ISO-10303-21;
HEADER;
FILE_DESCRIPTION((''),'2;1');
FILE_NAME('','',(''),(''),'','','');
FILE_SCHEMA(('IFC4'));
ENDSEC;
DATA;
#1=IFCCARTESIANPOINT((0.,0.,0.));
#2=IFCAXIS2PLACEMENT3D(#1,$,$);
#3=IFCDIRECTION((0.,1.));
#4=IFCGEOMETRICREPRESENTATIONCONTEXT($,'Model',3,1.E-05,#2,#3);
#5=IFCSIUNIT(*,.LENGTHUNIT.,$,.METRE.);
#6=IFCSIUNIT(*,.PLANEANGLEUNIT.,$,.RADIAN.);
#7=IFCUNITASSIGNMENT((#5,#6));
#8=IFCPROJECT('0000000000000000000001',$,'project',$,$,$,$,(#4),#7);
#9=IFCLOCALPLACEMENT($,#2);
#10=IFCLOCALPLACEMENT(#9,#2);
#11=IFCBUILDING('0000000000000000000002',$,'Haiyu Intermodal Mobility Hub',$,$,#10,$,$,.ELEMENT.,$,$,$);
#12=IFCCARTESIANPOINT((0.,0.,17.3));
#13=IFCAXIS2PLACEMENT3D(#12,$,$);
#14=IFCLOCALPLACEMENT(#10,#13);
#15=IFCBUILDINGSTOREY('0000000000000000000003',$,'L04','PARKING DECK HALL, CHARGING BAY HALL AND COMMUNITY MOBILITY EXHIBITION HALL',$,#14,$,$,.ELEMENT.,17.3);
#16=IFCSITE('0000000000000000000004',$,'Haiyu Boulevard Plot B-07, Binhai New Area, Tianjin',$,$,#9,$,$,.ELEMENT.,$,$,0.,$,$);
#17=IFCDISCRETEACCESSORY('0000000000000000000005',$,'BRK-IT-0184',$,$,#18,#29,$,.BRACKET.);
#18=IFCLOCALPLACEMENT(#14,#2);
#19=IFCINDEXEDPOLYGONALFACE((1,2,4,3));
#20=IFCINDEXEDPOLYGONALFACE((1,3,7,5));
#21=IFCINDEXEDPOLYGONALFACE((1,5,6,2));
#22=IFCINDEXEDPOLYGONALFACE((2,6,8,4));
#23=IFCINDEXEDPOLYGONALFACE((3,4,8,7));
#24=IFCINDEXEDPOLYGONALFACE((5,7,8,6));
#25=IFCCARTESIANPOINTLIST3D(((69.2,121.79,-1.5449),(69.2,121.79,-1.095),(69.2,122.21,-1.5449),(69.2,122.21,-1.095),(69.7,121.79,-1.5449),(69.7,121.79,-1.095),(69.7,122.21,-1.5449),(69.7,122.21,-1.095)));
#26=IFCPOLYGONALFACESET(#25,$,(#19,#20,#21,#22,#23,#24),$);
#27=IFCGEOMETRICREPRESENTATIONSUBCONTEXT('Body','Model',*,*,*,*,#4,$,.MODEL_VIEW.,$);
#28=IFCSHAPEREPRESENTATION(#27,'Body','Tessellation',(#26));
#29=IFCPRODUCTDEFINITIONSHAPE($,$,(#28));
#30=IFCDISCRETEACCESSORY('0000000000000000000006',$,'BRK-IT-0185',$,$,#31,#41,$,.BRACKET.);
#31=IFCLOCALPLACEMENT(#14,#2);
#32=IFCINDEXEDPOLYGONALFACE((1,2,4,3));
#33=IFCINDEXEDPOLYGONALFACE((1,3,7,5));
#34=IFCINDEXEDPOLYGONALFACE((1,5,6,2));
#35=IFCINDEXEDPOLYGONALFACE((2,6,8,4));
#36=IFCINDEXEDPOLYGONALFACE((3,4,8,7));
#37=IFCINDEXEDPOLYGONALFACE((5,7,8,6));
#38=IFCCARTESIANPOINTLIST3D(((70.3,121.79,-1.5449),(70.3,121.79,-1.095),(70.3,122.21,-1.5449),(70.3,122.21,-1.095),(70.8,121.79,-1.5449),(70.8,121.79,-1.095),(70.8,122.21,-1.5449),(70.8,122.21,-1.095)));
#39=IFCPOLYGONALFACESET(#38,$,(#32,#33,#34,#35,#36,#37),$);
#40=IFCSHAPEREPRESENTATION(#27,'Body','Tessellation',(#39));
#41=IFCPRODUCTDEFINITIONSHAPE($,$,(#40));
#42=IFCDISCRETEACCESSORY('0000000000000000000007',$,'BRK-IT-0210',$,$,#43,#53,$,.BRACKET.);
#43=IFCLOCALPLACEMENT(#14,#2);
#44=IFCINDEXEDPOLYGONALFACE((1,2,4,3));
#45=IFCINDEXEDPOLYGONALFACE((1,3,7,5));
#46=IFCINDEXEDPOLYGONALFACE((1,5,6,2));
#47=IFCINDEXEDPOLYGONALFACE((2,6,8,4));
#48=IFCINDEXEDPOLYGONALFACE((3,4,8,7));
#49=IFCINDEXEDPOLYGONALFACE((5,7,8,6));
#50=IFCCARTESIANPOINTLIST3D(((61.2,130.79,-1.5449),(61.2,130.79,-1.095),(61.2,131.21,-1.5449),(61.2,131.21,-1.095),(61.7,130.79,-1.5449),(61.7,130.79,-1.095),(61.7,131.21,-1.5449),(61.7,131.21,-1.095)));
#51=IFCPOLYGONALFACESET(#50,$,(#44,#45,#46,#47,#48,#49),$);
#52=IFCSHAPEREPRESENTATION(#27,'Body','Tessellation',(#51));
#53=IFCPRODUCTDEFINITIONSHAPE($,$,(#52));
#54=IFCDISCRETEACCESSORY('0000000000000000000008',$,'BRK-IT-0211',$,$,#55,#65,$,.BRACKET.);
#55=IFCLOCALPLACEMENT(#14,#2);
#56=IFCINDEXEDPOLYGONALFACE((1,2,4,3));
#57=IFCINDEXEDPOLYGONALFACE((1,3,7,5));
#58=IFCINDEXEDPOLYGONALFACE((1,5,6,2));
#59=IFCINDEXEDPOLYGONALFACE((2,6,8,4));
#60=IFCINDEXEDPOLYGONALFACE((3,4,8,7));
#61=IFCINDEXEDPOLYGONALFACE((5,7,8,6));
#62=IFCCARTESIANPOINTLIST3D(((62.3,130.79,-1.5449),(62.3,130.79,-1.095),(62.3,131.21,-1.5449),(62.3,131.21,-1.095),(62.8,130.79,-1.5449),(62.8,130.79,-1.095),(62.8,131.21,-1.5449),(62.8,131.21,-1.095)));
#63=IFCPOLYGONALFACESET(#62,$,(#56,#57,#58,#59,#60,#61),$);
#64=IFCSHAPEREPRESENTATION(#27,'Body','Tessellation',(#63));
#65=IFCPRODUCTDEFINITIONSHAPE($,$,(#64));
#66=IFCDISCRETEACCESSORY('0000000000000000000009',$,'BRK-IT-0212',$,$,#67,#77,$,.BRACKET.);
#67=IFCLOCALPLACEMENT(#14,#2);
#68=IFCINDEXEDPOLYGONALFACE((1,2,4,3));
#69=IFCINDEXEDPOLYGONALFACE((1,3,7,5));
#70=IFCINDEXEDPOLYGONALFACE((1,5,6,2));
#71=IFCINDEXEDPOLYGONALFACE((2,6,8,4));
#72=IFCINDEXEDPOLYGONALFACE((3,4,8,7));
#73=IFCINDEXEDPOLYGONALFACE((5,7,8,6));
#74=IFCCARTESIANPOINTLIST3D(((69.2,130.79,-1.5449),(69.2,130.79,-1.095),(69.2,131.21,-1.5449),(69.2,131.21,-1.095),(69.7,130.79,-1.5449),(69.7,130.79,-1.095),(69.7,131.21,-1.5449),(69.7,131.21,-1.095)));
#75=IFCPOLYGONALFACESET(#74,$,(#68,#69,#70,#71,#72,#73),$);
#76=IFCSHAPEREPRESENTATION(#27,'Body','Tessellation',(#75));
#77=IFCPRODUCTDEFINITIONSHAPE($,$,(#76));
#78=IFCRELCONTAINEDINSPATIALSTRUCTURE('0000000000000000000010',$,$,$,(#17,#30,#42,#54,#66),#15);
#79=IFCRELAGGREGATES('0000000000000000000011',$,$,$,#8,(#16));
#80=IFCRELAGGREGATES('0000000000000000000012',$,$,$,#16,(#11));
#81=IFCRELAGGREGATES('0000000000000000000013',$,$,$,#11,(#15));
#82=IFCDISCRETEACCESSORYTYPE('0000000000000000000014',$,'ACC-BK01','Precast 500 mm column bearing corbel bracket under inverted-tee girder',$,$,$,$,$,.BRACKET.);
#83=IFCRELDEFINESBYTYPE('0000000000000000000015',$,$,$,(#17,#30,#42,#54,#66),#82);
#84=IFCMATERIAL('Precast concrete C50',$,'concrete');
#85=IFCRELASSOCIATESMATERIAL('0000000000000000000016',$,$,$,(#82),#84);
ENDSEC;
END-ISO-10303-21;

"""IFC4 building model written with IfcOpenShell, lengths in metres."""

from ifc_helpers import new_model, si_unit, direction, frame, origin, origin_2d, place, context, subcontext, project, spatial, rectangle, extrude, material, type_object, element, save


model = new_model("IFC4")

# Units and contexts
model_context = context("Model", 3, precision=1e-05, world=origin(), true_north=direction((0.0, 1.0)))
body_context = subcontext(model_context, "Body", "Model", "MODEL_VIEW")
ifc_project = project(units=[si_unit("LENGTHUNIT", "METRE"), si_unit("PLANEANGLEUNIT", "RADIAN")], contexts=[model_context])

# Site, building, storey
site_placement = place(None, origin())
site = spatial("IfcSite", under=ifc_project, at=site_placement, Name="Haiyu Boulevard Plot B-07, Binhai New Area, Tianjin", CompositionType="ELEMENT", RefElevation=0.0)
building_placement = place(site_placement, origin())
building = spatial("IfcBuilding", under=site, at=building_placement, Name="Haiyu Intermodal Mobility Hub", CompositionType="ELEMENT")
storey_placement = place(building_placement, frame((0.0, 0.0, 17.3)))
storey = spatial("IfcBuildingStorey", under=building, at=storey_placement, Name="L04", Description="PARKING DECK HALL, CHARGING BAY HALL AND COMMUNITY MOBILITY EXHIBITION HALL", CompositionType="ELEMENT", Elevation=17.3)

# Shared definitions
ifc_material_1 = material(Name="Precast concrete C50", Category="concrete")

# Discrete accessories
discrete_accessory_type = type_object("IfcDiscreteAccessoryType", Name="ACC-BK01", Description="Precast 500 mm column bearing corbel bracket under inverted-tee girder", PredefinedType="BRACKET", material=ifc_material_1)
for number, where, z_axis, x_axis, name in (
    (1, (69.45, 122.0, -1.5449), (0.0, 0.0, 1.0), (1.0, 0.0, 0.0), "BRK-IT-0184"),
    (2, (70.55, 122.0, -1.5449), (0.0, 0.0, 1.0), (1.0, 0.0, 0.0), "BRK-IT-0185"),
    (3, (61.45, 131.0, -1.5449), (0.0, 0.0, 1.0), (1.0, 0.0, 0.0), "BRK-IT-0210"),
    (4, (62.55, 131.0, -1.5449), (0.0, 0.0, 1.0), (1.0, 0.0, 0.0), "BRK-IT-0211"),
    (5, (69.45, 131.0, -1.5449), (0.0, 0.0, 1.0), (1.0, 0.0, 0.0), "BRK-IT-0212"),
):
    element("IfcDiscreteAccessory", number, at=place(storey_placement, frame(where, z_axis=z_axis, x_axis=x_axis)), inside=storey, type_object=discrete_accessory_type, Name=name, PredefinedType="BRACKET", context=body_context, shape_type="SweptSolid", body=[
        extrude(rectangle(XDim=0.5, YDim=0.4199, at=origin_2d()), origin(), (0.0, 0.0, 1.0), 0.45),
    ])

save(model, "model.ifc")
